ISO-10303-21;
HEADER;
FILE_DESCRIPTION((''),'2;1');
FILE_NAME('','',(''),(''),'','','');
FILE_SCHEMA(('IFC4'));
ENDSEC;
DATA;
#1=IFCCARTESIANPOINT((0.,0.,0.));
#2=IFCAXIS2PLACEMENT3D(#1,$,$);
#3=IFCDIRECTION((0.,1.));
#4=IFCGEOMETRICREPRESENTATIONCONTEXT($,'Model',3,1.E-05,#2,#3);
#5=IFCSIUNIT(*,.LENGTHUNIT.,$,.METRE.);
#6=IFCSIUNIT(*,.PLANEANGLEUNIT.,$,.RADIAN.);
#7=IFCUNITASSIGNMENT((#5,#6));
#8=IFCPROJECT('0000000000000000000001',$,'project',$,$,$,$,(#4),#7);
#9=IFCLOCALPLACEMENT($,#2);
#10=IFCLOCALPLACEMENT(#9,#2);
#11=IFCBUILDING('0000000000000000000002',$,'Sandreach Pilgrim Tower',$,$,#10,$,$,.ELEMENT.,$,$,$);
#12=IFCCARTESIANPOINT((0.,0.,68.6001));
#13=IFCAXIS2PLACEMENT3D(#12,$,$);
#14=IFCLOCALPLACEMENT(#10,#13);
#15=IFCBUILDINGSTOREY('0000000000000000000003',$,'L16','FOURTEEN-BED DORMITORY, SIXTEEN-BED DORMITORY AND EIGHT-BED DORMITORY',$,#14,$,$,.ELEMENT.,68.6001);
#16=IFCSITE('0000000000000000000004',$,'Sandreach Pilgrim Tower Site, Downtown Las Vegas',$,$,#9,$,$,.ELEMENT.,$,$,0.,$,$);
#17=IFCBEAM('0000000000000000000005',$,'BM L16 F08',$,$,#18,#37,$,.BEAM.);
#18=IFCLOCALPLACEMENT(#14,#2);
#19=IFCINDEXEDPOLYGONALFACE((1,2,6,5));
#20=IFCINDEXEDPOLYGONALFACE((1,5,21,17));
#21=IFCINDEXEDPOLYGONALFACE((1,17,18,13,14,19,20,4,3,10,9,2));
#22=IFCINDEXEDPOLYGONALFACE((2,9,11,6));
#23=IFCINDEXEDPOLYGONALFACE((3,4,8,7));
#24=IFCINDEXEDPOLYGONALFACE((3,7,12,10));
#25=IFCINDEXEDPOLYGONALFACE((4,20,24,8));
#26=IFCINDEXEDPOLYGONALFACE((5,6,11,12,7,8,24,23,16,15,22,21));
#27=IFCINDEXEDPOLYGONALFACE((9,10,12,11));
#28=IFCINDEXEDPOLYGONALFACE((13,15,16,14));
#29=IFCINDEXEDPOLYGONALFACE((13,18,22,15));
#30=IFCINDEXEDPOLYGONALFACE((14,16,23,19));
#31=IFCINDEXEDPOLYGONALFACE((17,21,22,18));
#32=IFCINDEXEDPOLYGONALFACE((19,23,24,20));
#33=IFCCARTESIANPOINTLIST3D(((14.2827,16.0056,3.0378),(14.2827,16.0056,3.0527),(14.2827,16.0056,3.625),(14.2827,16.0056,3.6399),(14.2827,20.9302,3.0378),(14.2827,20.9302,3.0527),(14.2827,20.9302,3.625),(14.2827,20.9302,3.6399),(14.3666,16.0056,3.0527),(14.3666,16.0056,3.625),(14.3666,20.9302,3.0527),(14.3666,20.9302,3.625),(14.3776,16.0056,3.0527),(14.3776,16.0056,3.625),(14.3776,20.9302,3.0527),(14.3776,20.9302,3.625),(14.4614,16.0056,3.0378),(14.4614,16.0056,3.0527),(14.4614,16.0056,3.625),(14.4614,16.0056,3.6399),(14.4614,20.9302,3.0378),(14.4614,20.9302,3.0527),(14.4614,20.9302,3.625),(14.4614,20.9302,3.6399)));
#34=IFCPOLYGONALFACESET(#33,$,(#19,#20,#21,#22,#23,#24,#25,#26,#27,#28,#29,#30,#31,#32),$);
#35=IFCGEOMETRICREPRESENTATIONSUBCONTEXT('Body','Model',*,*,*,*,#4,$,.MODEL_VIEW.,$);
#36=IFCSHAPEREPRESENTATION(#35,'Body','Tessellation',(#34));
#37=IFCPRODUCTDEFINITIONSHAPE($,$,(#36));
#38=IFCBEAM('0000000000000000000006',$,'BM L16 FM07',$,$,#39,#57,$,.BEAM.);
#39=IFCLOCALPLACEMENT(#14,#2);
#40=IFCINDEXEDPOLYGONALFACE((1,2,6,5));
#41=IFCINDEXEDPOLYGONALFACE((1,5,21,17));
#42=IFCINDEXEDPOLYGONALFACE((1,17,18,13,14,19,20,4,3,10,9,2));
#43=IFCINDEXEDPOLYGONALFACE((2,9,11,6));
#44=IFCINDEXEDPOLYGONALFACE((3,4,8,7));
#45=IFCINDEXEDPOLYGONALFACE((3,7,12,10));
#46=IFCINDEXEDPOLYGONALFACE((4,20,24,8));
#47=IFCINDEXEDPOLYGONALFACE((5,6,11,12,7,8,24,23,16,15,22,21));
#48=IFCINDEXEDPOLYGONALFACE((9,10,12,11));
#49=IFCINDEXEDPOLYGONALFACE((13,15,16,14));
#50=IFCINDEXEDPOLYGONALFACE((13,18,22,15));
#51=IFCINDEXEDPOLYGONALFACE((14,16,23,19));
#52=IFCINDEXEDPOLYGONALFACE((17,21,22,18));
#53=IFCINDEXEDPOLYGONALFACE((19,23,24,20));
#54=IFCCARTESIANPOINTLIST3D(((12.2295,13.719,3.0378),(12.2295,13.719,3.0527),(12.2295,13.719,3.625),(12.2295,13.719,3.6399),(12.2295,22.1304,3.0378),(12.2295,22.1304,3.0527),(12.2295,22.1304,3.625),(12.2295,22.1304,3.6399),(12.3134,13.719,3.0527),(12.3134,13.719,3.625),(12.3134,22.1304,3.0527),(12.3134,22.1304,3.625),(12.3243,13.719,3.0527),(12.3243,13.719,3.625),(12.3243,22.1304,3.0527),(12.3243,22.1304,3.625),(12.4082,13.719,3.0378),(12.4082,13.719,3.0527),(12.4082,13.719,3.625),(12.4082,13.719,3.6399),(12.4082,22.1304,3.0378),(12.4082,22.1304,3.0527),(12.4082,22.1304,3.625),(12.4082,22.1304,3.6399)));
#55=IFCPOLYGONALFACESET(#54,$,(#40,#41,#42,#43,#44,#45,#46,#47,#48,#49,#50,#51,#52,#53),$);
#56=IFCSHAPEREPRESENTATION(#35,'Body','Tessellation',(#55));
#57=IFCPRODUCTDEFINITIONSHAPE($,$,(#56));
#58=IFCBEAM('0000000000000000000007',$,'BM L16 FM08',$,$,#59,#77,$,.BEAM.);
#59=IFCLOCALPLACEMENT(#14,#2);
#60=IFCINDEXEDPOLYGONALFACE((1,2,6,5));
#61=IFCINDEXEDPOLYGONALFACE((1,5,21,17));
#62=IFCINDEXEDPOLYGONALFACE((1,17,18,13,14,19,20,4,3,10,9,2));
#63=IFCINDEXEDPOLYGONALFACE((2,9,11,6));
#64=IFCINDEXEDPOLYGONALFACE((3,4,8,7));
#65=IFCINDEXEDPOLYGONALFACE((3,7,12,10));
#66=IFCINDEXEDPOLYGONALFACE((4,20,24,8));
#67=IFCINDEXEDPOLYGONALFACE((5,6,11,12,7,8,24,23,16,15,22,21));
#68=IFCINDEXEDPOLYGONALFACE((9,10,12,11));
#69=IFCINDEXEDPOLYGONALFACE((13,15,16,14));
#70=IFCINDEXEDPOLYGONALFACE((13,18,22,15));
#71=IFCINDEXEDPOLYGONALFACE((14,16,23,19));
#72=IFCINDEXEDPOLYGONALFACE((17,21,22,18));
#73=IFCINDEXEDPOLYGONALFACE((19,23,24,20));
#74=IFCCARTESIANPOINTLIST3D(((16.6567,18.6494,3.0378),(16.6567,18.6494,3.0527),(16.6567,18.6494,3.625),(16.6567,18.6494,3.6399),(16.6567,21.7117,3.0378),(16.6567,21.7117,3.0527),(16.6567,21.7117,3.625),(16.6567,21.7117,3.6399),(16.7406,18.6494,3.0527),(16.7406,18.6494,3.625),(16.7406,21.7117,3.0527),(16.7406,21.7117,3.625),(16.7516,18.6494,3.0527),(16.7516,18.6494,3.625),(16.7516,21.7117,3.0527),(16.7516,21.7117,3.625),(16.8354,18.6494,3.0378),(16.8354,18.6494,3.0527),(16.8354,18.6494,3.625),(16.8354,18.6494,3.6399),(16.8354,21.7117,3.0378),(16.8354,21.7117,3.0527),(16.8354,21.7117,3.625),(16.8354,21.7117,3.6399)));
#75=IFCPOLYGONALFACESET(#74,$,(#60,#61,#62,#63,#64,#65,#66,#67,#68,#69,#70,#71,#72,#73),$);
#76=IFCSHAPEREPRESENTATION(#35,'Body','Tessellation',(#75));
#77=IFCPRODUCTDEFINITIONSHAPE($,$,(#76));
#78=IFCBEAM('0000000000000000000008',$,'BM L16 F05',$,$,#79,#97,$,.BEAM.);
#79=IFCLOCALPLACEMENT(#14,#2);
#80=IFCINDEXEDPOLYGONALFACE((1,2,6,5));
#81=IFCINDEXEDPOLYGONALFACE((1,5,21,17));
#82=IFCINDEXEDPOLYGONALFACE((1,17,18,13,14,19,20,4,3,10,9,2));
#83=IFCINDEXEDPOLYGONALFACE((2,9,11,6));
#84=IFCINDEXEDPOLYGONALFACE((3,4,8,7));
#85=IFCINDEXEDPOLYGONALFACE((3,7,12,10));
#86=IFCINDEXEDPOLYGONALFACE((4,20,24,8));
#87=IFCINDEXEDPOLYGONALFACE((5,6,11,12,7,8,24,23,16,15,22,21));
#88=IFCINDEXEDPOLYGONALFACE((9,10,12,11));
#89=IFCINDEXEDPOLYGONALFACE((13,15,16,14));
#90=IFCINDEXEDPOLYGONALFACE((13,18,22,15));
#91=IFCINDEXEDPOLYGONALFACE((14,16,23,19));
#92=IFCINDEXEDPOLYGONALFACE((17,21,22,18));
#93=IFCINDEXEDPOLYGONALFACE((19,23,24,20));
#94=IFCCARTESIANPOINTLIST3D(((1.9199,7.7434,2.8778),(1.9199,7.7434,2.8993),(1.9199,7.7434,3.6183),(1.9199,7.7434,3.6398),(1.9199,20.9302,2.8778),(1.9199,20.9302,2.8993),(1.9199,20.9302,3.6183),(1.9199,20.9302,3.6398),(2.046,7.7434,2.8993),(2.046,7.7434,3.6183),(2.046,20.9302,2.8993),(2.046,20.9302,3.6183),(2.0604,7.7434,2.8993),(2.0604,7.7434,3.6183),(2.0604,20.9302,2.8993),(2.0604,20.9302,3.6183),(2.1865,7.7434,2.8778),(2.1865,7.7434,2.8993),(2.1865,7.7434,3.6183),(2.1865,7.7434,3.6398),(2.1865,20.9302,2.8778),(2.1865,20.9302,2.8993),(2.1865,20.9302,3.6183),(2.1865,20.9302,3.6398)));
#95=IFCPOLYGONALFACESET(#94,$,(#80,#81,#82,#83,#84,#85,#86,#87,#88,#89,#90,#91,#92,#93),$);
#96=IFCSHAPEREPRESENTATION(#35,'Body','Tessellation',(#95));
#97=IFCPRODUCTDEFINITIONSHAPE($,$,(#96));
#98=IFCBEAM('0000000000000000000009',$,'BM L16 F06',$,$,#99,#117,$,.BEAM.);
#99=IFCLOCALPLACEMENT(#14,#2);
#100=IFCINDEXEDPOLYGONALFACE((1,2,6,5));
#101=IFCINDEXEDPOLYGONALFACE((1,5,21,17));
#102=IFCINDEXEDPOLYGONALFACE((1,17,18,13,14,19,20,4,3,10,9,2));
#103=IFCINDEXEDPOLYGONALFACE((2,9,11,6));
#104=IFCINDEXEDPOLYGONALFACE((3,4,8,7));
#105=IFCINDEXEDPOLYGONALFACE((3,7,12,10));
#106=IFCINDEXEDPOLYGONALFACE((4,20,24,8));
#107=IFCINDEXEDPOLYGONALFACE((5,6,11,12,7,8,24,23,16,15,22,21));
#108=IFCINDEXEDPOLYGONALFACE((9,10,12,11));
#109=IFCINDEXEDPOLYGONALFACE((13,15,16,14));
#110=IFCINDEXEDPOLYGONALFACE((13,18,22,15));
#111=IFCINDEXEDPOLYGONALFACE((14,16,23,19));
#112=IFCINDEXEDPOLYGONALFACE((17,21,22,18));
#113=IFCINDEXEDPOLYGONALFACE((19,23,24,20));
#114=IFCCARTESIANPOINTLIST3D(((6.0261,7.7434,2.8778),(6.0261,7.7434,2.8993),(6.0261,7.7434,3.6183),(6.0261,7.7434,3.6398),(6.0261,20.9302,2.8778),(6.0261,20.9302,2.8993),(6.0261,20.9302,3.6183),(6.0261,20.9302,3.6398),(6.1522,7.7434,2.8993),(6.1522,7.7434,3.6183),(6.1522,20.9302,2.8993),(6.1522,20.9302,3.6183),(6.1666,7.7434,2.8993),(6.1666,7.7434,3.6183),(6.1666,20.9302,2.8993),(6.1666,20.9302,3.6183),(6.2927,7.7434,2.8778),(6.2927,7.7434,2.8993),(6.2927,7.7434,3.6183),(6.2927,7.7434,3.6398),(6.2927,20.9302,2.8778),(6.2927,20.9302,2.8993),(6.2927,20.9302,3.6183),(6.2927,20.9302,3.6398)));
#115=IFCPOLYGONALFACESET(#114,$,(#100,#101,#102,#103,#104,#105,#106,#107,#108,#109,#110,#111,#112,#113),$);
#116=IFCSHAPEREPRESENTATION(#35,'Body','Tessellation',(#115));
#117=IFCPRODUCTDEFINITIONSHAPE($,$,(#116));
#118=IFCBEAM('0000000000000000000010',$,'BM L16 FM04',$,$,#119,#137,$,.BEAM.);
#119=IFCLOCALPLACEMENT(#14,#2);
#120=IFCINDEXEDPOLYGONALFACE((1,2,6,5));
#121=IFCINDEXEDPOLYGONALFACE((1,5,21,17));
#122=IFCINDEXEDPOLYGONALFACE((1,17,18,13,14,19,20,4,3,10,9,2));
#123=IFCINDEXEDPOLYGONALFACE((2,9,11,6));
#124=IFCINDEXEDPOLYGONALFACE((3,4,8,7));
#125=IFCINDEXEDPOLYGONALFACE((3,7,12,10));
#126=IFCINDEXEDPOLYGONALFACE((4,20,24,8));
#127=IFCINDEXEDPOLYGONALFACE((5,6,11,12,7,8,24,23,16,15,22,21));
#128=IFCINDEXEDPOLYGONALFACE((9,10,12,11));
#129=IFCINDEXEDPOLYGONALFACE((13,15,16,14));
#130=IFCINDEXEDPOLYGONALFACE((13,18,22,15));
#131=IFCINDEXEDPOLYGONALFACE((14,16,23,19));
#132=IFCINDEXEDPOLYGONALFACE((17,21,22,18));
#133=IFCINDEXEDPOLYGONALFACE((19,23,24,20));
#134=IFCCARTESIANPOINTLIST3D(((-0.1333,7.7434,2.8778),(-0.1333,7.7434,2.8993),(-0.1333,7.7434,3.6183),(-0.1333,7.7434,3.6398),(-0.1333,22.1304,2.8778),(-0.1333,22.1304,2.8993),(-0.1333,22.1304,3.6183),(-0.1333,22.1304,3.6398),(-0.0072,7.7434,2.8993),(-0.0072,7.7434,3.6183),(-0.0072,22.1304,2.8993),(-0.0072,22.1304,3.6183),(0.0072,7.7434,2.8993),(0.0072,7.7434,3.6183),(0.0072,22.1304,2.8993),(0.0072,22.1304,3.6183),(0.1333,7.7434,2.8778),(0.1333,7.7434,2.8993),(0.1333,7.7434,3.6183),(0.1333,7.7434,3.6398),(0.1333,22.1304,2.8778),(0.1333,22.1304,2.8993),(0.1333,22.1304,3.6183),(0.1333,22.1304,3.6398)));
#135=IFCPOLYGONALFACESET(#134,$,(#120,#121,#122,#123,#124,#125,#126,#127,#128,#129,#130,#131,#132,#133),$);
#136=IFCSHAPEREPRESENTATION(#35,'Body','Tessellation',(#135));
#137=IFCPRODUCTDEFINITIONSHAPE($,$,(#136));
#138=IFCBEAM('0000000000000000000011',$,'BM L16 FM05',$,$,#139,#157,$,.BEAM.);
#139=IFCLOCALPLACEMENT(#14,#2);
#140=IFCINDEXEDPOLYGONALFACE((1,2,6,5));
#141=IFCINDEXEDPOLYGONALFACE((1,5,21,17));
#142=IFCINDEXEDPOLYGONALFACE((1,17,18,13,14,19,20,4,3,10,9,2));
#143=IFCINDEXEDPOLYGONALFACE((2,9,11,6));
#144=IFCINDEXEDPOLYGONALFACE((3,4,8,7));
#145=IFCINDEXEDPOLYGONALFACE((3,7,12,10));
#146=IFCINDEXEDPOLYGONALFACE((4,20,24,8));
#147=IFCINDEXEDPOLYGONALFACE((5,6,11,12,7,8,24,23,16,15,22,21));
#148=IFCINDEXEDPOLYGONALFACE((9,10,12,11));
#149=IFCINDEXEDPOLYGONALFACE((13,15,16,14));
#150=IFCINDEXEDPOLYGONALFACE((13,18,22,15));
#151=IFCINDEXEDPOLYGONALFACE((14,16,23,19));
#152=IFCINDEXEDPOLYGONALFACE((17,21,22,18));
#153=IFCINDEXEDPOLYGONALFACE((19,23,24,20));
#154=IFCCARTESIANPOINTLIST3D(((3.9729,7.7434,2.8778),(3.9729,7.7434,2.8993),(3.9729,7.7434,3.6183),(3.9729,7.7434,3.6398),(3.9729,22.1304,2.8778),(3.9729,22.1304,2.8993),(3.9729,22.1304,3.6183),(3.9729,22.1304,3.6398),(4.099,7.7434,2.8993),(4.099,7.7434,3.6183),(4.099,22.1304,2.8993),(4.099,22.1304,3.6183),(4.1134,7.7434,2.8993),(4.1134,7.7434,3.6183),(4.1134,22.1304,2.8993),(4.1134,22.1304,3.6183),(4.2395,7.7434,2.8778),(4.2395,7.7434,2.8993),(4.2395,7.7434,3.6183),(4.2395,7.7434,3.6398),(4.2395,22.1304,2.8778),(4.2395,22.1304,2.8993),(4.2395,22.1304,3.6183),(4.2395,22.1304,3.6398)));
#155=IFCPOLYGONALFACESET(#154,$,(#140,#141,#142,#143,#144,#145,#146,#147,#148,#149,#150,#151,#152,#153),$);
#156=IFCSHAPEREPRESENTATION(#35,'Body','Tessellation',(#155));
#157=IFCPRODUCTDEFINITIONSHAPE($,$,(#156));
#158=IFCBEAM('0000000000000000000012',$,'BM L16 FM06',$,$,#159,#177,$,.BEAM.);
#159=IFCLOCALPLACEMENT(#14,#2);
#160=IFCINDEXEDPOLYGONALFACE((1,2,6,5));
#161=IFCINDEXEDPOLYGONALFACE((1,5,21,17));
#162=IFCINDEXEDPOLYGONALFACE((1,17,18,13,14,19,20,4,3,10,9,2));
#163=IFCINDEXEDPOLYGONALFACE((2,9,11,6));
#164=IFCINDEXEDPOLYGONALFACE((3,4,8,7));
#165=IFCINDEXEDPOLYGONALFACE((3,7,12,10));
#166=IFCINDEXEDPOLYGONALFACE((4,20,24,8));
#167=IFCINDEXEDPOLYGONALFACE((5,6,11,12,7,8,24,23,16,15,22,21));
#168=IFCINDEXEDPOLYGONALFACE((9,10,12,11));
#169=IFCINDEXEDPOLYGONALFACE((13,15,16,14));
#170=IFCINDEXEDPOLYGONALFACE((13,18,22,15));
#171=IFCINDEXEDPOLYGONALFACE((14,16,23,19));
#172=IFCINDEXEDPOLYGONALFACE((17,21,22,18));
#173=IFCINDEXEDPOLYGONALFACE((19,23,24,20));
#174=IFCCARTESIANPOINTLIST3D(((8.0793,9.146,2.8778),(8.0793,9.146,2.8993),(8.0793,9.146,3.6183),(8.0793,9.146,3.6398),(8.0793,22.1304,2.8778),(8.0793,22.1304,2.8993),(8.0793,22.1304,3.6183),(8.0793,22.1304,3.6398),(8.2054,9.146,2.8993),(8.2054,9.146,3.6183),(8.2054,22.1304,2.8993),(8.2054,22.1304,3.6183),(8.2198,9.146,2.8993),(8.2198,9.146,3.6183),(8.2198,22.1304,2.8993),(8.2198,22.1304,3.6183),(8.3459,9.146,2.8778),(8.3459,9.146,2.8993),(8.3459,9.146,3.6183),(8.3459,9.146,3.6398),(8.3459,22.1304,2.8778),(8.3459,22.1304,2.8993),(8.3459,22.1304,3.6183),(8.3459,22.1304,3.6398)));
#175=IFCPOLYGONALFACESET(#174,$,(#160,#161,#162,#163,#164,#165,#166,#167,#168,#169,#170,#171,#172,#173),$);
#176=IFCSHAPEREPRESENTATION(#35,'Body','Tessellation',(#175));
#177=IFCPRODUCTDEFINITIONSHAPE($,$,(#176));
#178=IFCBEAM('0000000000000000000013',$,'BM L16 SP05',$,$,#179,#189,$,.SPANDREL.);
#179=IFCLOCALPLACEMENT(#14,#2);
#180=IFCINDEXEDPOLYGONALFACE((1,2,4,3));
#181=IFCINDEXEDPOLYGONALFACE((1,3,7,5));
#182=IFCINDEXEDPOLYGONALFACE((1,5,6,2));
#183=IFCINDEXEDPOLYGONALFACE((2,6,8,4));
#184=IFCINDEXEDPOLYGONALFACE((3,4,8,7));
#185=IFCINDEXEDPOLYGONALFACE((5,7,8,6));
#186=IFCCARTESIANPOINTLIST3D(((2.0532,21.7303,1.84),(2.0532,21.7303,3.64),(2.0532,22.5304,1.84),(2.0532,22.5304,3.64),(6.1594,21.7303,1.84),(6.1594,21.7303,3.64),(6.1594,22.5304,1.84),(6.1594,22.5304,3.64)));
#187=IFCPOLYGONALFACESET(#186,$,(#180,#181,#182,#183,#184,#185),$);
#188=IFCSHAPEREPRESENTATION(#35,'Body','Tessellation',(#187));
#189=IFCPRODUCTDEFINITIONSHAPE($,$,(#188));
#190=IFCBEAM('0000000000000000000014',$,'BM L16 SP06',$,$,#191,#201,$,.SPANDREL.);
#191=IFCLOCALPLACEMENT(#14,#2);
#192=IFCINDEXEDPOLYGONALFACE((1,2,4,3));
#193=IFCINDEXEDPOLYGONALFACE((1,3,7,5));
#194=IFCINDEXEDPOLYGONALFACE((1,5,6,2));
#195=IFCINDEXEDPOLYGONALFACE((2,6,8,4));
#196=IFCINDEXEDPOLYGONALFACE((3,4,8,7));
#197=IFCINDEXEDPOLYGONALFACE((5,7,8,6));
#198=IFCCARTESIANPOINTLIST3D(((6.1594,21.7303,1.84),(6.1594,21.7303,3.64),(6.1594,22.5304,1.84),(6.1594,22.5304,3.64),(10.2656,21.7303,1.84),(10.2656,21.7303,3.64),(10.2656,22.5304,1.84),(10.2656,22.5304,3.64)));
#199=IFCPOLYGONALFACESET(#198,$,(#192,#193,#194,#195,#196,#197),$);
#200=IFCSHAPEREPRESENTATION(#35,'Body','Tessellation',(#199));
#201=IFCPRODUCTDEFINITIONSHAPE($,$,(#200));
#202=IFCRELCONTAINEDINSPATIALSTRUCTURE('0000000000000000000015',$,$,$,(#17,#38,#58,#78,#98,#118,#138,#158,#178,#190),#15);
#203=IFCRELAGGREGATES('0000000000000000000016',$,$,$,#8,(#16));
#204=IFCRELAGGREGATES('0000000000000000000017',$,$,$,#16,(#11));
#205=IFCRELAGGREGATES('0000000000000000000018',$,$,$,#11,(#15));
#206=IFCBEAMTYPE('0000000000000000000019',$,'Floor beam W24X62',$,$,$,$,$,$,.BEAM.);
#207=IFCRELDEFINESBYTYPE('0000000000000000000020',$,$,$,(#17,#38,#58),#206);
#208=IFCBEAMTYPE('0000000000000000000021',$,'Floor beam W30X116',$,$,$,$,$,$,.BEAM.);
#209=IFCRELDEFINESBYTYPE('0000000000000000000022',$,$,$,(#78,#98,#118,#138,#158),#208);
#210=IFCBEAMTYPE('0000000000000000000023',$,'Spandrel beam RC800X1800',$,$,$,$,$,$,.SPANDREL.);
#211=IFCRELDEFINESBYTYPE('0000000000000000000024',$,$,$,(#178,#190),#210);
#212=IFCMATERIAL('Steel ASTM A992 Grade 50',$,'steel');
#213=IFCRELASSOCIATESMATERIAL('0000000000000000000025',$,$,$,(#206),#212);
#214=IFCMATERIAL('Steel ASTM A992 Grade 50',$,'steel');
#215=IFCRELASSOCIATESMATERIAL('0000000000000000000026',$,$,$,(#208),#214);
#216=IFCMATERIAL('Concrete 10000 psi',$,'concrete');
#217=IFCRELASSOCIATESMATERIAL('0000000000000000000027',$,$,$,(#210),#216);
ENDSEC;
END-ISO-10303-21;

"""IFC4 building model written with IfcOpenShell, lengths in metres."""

from ifc_helpers import new_model, si_unit, direction, frame, origin, origin_2d, place, context, subcontext, project, spatial, rectangle, i_section, extrude, material, material_profile, profile_set, type_object, element, save


model = new_model("IFC4")

# Units and contexts
model_context = context("Model", 3, precision=1e-05, world=origin(), true_north=direction((0.0, 1.0)))
body_context = subcontext(model_context, "Body", "Model", "MODEL_VIEW")
ifc_project = project(units=[si_unit("LENGTHUNIT", "METRE"), si_unit("PLANEANGLEUNIT", "RADIAN")], contexts=[model_context])

# Site, building, storey
site_placement = place(None, origin())
site = spatial("IfcSite", under=ifc_project, at=site_placement, Name="Sandreach Pilgrim Tower Site, Downtown Las Vegas", CompositionType="ELEMENT", RefElevation=0.0)
building_placement = place(site_placement, origin())
building = spatial("IfcBuilding", under=site, at=building_placement, Name="Sandreach Pilgrim Tower", CompositionType="ELEMENT")
storey_placement = place(building_placement, frame((0.0, 0.0, 68.6001)))
storey = spatial("IfcBuildingStorey", under=building, at=storey_placement, Name="L16", Description="FOURTEEN-BED DORMITORY, SIXTEEN-BED DORMITORY AND EIGHT-BED DORMITORY", CompositionType="ELEMENT", Elevation=68.6001)

# Beams
ifc_material_1 = material(Name="Steel ASTM A992 Grade 50", Category="steel")
ifc_material_profile_1 = material_profile(ifc_material_1, i_section(OverallWidth=0.1787, OverallDepth=0.6021, WebThickness=0.011, FlangeThickness=0.0149, at=origin_2d()), Name="W24X62")
ifc_profile_set_1 = profile_set([ifc_material_profile_1], Name="Steel ASTM A992 Grade 50")
beam_type_1 = type_object("IfcBeamType", Name="Floor beam W24X62", PredefinedType="BEAM", material=ifc_profile_set_1)
beam_1_placement = place(storey_placement, frame((14.3721, 20.9302, 3.3389), z_axis=(0.0, -1.0, 0.0), x_axis=(1.0, 0.0, 0.0)))
element("IfcBeam", 1, at=beam_1_placement, inside=storey, type_object=beam_type_1, Name="BM L16 F08", PredefinedType="BEAM", context=body_context, shape_type="SweptSolid", body=[
    extrude(i_section(OverallWidth=0.1787, OverallDepth=0.6021, WebThickness=0.011, FlangeThickness=0.0149, at=origin_2d()), origin(), (0.0, 0.0, 1.0), 4.9246),
])
beam_2_placement = place(storey_placement, frame((12.3188, 22.1304, 3.3389), z_axis=(0.0, -1.0, 0.0), x_axis=(1.0, 0.0, 0.0)))
element("IfcBeam", 2, at=beam_2_placement, inside=storey, type_object=beam_type_1, Name="BM L16 FM07", PredefinedType="BEAM", context=body_context, shape_type="SweptSolid", body=[
    extrude(i_section(OverallWidth=0.1787, OverallDepth=0.6021, WebThickness=0.011, FlangeThickness=0.0149, at=origin_2d()), origin(), (0.0, 0.0, 1.0), 8.4114),
])
beam_3_placement = place(storey_placement, frame((16.7461, 21.7117, 3.3389), z_axis=(0.0, -1.0, 0.0), x_axis=(1.0, 0.0, 0.0)))
element("IfcBeam", 3, at=beam_3_placement, inside=storey, type_object=beam_type_1, Name="BM L16 FM08", PredefinedType="BEAM", context=body_context, shape_type="SweptSolid", body=[
    extrude(i_section(OverallWidth=0.1787, OverallDepth=0.6021, WebThickness=0.011, FlangeThickness=0.0149, at=origin_2d()), origin(), (0.0, 0.0, 1.0), 3.0623),
])
ifc_material_2 = material(Name="Steel ASTM A992 Grade 50", Category="steel")
ifc_material_profile_2 = material_profile(ifc_material_2, i_section(OverallWidth=0.2666, OverallDepth=0.762, WebThickness=0.0144, FlangeThickness=0.0215, at=origin_2d()), Name="W30X116")
ifc_profile_set_2 = profile_set([ifc_material_profile_2], Name="Steel ASTM A992 Grade 50")
beam_type_2 = type_object("IfcBeamType", Name="Floor beam W30X116", PredefinedType="BEAM", material=ifc_profile_set_2)
for number, where, z_axis, x_axis, name in (
    (4, (2.0532, 20.9302, 3.2588), (0.0, -1.0, 0.0), (1.0, 0.0, 0.0), "BM L16 F05"),
    (5, (6.1594, 20.9302, 3.2588), (0.0, -1.0, 0.0), (1.0, 0.0, 0.0), "BM L16 F06"),
):
    element("IfcBeam", number, at=place(storey_placement, frame(where, z_axis=z_axis, x_axis=x_axis)), inside=storey, type_object=beam_type_2, Name=name, PredefinedType="BEAM", context=body_context, shape_type="SweptSolid", body=[
        extrude(i_section(OverallWidth=0.2666, OverallDepth=0.762, WebThickness=0.0144, FlangeThickness=0.0215, at=origin_2d()), origin(), (0.0, 0.0, 1.0), 13.1868),
    ])
for number, where, z_axis, x_axis, name in (
    (6, (0.0, 22.1304, 3.2588), (0.0, -1.0, 0.0), (1.0, 0.0, 0.0), "BM L16 FM04"),
    (7, (4.1062, 22.1304, 3.2588), (0.0, -1.0, 0.0), (1.0, 0.0, 0.0), "BM L16 FM05"),
):
    element("IfcBeam", number, at=place(storey_placement, frame(where, z_axis=z_axis, x_axis=x_axis)), inside=storey, type_object=beam_type_2, Name=name, PredefinedType="BEAM", context=body_context, shape_type="SweptSolid", body=[
        extrude(i_section(OverallWidth=0.2666, OverallDepth=0.762, WebThickness=0.0144, FlangeThickness=0.0215, at=origin_2d()), origin(), (0.0, 0.0, 1.0), 14.387),
    ])
beam_4_placement = place(storey_placement, frame((8.2126, 22.1304, 3.2588), z_axis=(0.0, -1.0, 0.0), x_axis=(1.0, 0.0, 0.0)))
element("IfcBeam", 8, at=beam_4_placement, inside=storey, type_object=beam_type_2, Name="BM L16 FM06", PredefinedType="BEAM", context=body_context, shape_type="SweptSolid", body=[
    extrude(i_section(OverallWidth=0.2666, OverallDepth=0.762, WebThickness=0.0144, FlangeThickness=0.0215, at=origin_2d()), origin(), (0.0, 0.0, 1.0), 12.9844),
])
ifc_material_3 = material(Name="Concrete 10000 psi", Category="concrete")
ifc_material_profile_3 = material_profile(ifc_material_3, rectangle(XDim=0.8, YDim=1.8, at=origin_2d()), Name="RC800X1800")
ifc_profile_set_3 = profile_set([ifc_material_profile_3], Name="Concrete 10000 psi")
beam_type_3 = type_object("IfcBeamType", Name="Spandrel beam RC800X1800", PredefinedType="SPANDREL", material=ifc_profile_set_3)
for number, where, z_axis, x_axis, name in (
    (9, (2.0532, 22.1304, 2.74), (1.0, 0.0, 0.0), (0.0, 1.0, 0.0), "BM L16 SP05"),
    (10, (6.1594, 22.1304, 2.74), (1.0, 0.0, 0.0), (0.0, 1.0, 0.0), "BM L16 SP06"),
):
    element("IfcBeam", number, at=place(storey_placement, frame(where, z_axis=z_axis, x_axis=x_axis)), inside=storey, type_object=beam_type_3, Name=name, PredefinedType="SPANDREL", context=body_context, shape_type="SweptSolid", body=[
        extrude(rectangle(XDim=0.8, YDim=1.8, at=origin_2d()), origin(), (0.0, 0.0, 1.0), 4.1062),
    ])

save(model, "model.ifc")
